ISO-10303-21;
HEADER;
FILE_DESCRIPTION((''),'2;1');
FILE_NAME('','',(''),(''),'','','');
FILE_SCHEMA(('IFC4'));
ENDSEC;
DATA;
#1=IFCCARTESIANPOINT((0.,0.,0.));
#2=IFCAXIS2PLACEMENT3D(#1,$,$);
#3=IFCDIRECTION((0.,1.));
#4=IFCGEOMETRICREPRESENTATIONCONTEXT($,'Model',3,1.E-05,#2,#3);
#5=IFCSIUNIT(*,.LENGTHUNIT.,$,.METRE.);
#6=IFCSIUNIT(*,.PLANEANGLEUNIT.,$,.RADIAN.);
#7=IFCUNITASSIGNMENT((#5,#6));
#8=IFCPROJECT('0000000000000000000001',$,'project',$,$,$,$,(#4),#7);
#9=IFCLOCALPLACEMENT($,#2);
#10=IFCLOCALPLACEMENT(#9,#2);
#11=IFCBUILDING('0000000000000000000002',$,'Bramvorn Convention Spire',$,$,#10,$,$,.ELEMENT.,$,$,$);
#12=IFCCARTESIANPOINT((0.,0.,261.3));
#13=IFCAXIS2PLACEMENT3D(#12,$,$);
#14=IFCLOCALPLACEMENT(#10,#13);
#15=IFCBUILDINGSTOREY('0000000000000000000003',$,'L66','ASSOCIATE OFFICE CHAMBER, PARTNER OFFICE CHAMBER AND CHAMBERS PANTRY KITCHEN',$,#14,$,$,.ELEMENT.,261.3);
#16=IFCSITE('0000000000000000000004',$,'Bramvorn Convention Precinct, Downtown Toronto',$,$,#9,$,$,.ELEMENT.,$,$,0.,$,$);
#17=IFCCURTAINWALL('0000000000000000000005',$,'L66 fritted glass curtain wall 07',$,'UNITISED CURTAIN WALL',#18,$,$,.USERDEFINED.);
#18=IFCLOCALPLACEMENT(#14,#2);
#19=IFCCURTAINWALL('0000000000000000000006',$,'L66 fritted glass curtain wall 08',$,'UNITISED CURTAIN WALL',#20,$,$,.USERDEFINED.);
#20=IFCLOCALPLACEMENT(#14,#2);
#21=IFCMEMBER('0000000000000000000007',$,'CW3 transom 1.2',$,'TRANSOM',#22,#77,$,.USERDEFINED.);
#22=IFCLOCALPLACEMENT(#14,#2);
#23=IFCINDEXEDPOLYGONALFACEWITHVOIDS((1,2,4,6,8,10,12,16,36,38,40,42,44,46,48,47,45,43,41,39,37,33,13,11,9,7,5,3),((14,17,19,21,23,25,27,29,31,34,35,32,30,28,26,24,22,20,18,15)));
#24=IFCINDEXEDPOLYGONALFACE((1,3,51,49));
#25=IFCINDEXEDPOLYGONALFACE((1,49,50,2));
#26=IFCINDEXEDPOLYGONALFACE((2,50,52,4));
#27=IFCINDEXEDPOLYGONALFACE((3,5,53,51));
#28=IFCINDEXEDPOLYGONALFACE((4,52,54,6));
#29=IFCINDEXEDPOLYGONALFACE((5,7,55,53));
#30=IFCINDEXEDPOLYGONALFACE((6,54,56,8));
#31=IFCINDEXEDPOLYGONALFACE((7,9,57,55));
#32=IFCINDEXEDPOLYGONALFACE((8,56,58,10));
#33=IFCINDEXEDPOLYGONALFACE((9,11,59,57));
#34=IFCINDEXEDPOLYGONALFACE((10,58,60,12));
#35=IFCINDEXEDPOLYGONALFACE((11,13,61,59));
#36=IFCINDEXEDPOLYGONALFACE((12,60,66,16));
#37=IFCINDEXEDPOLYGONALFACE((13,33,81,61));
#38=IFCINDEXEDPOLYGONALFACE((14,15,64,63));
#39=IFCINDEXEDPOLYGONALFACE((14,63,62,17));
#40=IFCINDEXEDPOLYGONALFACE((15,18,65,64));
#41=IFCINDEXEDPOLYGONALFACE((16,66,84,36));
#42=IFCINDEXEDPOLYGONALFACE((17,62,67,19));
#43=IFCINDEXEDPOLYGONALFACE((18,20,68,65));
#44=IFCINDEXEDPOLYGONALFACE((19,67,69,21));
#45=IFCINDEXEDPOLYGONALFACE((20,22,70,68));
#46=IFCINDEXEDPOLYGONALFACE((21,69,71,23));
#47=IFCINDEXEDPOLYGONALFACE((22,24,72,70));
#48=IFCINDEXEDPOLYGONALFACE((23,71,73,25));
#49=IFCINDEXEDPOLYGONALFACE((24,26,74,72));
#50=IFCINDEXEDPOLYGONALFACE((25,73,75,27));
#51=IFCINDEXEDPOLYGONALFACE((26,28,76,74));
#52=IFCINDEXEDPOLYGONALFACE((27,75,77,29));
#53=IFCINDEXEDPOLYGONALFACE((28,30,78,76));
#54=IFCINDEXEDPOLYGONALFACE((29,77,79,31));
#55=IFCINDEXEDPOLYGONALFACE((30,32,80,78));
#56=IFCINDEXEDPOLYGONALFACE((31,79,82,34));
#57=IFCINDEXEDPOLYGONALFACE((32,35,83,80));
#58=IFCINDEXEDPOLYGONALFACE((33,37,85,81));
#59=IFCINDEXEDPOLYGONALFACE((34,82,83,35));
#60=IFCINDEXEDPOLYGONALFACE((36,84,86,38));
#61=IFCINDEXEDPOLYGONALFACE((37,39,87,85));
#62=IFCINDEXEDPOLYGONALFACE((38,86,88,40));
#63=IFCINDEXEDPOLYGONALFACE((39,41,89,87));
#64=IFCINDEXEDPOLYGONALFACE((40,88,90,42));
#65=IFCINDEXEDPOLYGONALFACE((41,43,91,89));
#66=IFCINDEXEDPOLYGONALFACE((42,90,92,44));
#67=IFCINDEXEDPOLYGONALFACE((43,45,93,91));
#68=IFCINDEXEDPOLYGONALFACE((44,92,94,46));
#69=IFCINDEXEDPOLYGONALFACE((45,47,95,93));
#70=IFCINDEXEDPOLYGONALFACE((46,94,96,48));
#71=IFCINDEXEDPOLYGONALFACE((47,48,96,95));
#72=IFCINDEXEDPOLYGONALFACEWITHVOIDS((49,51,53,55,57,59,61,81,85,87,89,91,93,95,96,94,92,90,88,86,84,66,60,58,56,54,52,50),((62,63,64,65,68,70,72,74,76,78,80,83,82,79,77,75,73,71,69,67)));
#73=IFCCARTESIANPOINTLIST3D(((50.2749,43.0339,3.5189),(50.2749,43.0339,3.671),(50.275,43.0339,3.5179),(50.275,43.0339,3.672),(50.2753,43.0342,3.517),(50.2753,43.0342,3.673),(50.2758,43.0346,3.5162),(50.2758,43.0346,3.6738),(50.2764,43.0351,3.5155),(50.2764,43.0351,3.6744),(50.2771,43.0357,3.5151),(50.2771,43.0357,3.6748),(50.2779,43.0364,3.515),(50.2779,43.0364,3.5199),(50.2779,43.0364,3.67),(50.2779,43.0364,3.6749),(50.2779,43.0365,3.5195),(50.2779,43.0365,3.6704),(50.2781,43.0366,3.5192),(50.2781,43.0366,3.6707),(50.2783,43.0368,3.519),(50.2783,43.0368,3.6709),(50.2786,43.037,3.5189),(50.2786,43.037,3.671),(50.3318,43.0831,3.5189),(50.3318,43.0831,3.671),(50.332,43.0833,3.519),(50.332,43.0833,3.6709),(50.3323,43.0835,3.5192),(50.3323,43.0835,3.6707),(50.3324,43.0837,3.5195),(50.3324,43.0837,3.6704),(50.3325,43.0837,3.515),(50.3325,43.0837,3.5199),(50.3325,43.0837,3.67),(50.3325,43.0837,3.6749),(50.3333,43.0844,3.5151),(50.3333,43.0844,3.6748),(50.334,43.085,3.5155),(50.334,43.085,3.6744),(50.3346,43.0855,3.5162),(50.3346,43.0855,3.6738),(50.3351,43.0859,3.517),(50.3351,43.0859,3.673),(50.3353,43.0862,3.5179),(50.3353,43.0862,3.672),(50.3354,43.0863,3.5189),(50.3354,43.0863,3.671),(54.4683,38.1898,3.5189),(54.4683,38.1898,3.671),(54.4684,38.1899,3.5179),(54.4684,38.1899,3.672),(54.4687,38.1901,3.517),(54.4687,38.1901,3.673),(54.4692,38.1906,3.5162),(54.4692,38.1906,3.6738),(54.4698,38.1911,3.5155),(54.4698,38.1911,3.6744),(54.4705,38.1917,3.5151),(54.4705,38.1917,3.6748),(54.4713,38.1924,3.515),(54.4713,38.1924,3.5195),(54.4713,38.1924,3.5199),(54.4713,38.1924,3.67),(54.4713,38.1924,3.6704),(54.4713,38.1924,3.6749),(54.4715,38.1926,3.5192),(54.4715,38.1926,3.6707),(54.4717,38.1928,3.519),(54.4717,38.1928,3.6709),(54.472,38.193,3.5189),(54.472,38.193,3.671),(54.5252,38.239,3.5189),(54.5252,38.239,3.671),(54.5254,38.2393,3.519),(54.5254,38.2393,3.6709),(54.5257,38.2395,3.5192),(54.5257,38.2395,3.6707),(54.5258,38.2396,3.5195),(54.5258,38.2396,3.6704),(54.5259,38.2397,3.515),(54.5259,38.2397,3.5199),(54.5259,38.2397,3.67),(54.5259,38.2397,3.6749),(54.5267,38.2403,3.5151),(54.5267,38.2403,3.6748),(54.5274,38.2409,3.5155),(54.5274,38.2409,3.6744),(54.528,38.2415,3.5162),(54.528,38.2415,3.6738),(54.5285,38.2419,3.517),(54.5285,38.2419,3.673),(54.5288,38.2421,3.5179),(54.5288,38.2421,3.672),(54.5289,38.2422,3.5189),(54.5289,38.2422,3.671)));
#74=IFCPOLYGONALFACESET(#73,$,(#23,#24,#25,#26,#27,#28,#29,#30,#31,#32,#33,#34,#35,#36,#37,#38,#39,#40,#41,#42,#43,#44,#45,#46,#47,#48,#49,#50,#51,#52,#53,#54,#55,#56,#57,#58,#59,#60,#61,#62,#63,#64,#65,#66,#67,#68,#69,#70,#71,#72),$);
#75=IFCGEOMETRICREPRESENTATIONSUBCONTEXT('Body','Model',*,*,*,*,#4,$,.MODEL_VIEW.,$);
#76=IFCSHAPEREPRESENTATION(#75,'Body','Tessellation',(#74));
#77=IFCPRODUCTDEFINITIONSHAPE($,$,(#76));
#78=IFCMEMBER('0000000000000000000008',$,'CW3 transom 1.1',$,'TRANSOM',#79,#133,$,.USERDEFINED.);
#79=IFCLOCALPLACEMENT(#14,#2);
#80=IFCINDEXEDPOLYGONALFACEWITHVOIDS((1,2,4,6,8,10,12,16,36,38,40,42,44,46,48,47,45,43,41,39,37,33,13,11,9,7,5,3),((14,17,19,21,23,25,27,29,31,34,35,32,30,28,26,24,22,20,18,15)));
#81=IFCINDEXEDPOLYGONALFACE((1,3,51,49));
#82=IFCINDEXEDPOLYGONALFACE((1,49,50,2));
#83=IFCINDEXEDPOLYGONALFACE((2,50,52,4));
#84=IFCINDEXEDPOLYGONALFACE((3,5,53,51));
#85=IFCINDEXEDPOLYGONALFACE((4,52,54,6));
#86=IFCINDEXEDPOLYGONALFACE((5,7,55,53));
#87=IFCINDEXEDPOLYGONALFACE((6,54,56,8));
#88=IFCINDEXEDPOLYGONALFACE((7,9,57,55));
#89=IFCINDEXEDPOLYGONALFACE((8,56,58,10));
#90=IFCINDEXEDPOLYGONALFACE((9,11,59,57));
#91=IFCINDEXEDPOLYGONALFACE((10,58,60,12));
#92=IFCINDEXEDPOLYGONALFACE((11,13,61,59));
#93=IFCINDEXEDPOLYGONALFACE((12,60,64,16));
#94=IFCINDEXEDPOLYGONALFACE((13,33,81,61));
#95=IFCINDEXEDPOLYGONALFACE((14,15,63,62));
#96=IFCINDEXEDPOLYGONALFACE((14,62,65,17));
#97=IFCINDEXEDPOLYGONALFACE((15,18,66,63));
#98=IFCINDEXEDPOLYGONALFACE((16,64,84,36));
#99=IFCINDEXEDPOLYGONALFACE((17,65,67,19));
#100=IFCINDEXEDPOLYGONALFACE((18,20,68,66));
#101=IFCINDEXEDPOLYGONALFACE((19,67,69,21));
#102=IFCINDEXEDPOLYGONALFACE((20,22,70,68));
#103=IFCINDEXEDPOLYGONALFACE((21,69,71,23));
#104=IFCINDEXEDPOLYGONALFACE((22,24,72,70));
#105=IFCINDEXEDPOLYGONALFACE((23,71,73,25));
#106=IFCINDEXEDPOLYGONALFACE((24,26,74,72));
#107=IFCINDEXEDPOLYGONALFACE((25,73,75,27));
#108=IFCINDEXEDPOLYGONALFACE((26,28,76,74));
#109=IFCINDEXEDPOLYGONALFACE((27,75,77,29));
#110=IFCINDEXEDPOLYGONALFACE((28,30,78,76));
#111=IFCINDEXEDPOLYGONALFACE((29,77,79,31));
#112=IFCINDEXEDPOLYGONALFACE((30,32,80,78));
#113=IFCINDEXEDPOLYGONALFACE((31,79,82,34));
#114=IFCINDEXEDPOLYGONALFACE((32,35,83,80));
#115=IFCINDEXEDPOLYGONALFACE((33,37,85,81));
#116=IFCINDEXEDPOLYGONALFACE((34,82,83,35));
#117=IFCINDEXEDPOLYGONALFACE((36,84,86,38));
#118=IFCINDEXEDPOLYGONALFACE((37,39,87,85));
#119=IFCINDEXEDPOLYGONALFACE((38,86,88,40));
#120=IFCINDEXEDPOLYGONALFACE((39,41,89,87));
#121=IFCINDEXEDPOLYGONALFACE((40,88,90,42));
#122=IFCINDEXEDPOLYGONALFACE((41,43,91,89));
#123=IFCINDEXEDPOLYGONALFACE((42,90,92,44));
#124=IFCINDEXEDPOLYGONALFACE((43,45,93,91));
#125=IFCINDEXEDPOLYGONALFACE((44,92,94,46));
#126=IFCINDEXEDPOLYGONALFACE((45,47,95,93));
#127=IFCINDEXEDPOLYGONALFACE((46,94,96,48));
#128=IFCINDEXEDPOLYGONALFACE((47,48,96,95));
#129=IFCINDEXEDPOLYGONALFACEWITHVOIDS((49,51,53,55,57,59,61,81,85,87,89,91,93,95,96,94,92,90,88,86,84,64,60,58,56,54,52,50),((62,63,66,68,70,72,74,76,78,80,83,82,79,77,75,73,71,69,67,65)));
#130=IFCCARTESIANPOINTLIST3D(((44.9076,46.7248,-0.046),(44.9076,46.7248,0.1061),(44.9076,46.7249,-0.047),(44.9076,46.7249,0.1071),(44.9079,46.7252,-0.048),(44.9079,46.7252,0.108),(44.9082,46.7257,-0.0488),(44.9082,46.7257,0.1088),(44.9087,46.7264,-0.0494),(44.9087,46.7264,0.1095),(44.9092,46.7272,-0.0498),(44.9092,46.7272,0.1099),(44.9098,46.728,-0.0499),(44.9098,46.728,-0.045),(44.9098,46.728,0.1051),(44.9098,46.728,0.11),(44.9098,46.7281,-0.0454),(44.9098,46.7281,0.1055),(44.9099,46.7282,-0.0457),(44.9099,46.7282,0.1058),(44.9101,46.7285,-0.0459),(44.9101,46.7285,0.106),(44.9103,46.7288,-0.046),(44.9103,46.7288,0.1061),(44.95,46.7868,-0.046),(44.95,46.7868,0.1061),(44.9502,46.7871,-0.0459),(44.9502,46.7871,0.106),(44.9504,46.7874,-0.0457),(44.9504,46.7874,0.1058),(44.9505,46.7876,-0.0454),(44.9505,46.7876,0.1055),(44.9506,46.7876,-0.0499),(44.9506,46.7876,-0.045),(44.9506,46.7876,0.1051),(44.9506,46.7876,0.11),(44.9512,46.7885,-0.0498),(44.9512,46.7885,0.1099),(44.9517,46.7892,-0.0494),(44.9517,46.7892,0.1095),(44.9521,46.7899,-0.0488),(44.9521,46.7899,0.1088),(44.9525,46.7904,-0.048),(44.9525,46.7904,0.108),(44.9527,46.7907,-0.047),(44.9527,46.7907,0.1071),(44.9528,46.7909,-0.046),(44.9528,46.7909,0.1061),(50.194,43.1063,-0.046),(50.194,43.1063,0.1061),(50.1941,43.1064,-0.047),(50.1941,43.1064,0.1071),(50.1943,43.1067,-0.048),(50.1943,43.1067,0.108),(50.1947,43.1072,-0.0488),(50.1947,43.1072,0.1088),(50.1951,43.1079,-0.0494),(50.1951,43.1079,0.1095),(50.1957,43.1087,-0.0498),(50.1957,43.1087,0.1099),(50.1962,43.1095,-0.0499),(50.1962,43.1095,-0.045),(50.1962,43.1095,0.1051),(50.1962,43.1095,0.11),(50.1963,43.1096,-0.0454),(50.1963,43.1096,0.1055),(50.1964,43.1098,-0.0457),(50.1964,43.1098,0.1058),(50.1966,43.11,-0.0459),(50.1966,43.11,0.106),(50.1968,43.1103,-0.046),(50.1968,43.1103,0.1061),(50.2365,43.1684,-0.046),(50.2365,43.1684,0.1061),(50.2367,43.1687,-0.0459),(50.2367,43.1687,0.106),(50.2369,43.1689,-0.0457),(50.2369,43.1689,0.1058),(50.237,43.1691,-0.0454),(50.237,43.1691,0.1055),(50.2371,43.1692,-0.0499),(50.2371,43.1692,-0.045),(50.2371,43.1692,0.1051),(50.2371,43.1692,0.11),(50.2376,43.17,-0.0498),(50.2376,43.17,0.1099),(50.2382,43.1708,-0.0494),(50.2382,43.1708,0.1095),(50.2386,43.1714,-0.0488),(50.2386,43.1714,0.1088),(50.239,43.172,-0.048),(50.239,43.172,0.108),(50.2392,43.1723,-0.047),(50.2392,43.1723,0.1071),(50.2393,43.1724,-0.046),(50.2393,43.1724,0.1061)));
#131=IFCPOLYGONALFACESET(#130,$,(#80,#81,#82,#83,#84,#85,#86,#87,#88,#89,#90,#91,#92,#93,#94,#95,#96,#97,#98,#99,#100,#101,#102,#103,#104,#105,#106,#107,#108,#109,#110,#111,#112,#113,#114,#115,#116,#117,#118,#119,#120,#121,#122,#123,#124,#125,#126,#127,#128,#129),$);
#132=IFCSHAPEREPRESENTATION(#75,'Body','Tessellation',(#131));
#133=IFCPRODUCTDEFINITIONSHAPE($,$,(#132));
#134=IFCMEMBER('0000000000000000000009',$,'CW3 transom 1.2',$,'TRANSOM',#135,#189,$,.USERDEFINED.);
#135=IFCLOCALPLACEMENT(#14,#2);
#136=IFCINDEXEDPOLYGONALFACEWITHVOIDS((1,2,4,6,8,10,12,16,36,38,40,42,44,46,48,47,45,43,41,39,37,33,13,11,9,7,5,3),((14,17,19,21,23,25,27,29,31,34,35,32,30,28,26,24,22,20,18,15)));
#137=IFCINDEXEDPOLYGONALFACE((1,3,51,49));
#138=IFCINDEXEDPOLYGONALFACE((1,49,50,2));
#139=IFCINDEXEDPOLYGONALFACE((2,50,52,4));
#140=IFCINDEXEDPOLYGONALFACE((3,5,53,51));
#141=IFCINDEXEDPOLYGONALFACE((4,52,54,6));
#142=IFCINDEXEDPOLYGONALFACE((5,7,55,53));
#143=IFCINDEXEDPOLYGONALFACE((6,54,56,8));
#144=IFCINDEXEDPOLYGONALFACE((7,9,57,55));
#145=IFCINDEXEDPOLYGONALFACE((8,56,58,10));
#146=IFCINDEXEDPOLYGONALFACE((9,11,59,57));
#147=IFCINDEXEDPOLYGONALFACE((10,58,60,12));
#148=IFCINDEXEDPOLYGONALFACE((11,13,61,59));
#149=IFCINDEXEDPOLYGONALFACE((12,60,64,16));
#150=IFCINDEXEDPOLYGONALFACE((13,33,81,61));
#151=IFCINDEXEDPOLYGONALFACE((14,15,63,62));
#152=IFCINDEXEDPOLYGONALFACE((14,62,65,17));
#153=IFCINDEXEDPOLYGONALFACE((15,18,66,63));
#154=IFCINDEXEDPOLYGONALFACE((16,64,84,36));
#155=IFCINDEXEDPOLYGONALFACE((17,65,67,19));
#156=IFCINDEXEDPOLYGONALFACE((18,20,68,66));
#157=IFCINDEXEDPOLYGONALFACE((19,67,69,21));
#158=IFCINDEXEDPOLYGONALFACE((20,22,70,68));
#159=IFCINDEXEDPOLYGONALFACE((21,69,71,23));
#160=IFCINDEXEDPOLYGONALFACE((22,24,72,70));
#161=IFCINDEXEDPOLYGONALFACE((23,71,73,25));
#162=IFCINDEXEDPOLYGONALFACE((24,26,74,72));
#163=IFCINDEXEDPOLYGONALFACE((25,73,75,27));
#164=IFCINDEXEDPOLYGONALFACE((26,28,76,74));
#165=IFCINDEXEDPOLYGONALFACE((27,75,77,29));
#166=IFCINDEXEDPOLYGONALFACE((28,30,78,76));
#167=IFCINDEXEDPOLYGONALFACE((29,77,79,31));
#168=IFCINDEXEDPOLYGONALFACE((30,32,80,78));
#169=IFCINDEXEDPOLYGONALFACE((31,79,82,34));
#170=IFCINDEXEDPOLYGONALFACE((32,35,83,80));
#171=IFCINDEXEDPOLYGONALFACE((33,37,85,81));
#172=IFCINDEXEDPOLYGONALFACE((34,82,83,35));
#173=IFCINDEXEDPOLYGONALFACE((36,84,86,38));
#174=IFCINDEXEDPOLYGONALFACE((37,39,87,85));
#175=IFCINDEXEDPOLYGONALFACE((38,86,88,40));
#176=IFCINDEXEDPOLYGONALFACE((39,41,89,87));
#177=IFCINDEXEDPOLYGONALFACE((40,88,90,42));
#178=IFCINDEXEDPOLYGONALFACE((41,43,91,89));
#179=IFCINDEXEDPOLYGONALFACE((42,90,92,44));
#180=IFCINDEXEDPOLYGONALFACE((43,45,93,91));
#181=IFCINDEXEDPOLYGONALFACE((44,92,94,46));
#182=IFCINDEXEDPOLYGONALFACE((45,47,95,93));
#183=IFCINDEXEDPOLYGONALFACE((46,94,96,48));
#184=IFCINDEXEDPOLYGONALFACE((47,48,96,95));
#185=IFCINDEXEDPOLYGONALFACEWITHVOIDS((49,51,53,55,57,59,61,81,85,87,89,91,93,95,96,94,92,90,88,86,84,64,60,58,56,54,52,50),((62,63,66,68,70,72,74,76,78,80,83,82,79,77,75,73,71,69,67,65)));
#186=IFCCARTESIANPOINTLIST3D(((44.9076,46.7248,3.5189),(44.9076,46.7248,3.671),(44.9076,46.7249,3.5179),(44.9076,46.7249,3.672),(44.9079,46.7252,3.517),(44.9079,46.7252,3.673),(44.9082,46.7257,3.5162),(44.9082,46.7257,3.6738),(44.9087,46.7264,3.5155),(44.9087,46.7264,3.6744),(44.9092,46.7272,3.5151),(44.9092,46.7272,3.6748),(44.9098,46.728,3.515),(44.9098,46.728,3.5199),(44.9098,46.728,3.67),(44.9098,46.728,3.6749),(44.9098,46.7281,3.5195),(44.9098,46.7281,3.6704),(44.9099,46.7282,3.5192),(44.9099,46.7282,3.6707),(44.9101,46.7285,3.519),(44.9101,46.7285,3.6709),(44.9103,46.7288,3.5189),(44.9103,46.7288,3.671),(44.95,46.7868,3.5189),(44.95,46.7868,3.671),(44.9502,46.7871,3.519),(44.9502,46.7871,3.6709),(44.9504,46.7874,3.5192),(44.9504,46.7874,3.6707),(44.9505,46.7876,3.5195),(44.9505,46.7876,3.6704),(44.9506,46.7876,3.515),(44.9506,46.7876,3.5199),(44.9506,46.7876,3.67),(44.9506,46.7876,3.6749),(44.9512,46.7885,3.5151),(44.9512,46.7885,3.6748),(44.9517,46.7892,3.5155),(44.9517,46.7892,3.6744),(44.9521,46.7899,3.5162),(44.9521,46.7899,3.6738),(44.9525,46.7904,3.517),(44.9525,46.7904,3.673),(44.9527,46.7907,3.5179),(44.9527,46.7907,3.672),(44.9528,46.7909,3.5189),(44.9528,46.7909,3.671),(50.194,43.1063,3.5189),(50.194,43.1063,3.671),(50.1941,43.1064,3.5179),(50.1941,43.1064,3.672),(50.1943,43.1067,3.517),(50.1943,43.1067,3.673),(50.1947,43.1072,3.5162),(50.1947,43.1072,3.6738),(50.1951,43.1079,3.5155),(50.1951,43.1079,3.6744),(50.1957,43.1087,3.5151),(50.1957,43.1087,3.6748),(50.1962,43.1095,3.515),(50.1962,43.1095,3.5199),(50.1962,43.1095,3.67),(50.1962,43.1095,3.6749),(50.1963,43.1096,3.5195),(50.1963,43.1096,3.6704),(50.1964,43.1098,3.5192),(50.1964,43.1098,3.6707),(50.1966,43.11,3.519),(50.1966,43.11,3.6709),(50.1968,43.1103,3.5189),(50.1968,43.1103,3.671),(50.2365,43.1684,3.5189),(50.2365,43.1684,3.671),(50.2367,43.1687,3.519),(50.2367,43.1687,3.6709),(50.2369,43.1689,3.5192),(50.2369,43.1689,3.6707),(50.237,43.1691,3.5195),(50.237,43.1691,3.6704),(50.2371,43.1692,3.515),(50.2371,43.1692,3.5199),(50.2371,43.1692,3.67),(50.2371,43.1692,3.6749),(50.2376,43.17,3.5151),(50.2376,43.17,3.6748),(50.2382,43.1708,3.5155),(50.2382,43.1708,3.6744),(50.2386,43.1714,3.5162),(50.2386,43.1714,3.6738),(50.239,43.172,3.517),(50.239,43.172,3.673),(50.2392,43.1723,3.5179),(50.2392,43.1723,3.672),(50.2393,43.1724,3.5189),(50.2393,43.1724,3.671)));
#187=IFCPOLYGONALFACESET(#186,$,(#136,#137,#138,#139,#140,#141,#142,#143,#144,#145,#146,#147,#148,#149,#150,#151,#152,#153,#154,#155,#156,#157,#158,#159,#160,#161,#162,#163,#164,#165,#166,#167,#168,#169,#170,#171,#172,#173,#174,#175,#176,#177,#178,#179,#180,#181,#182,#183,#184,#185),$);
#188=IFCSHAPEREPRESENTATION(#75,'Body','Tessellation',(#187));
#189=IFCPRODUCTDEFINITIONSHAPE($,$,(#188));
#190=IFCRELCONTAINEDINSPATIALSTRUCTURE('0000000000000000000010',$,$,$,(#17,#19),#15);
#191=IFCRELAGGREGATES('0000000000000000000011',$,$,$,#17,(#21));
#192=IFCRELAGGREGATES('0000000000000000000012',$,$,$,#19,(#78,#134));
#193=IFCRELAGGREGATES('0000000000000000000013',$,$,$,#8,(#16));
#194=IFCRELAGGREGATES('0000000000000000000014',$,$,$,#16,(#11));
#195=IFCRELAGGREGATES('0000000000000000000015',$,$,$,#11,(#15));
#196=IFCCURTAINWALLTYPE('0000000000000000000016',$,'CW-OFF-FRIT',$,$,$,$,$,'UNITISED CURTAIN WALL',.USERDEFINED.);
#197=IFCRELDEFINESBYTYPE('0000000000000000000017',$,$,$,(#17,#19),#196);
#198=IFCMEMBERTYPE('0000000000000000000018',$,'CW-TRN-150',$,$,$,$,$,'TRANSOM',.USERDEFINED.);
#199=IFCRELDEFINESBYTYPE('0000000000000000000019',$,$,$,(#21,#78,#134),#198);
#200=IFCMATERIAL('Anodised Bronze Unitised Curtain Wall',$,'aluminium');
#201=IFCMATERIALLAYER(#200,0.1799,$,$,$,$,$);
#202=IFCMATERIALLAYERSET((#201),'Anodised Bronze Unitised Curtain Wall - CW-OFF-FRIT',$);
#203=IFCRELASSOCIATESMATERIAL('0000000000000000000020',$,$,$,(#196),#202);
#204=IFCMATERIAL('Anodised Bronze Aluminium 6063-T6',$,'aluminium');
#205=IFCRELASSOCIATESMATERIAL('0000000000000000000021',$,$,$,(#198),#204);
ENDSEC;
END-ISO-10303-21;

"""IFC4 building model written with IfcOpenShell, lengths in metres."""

from ifc_helpers import new_model, si_unit, direction, frame, origin, origin_2d, place, context, subcontext, project, spatial, hollow_rectangle, extrude, material, layer, layer_set, material_profile, profile_set, type_object, element, aggregate, save


model = new_model("IFC4")

# Units and contexts
model_context = context("Model", 3, precision=1e-05, world=origin(), true_north=direction((0.0, 1.0)))
body_context = subcontext(model_context, "Body", "Model", "MODEL_VIEW")
ifc_project = project(units=[si_unit("LENGTHUNIT", "METRE"), si_unit("PLANEANGLEUNIT", "RADIAN")], contexts=[model_context])

# Site, building, storey
site_placement = place(None, origin())
site = spatial("IfcSite", under=ifc_project, at=site_placement, Name="Bramvorn Convention Precinct, Downtown Toronto", CompositionType="ELEMENT", RefElevation=0.0)
building_placement = place(site_placement, origin())
building = spatial("IfcBuilding", under=site, at=building_placement, Name="Bramvorn Convention Spire", CompositionType="ELEMENT")
storey_placement = place(building_placement, frame((0.0, 0.0, 261.3)))
storey = spatial("IfcBuildingStorey", under=building, at=storey_placement, Name="L66", Description="ASSOCIATE OFFICE CHAMBER, PARTNER OFFICE CHAMBER AND CHAMBERS PANTRY KITCHEN", CompositionType="ELEMENT", Elevation=261.3)

# Curtain walls
ifc_material_1 = material(Name="Anodised Bronze Unitised Curtain Wall", Category="aluminium")
ifc_layer_1 = layer(ifc_material_1, 0.1799)
ifc_layer_set_1 = layer_set([ifc_layer_1], Name="Anodised Bronze Unitised Curtain Wall - CW-OFF-FRIT")
curtain_wall_type = type_object("IfcCurtainWallType", Name="CW-OFF-FRIT", ElementType="UNITISED CURTAIN WALL", PredefinedType="USERDEFINED", material=ifc_layer_set_1)
curtain_wall_1_placement = place(storey_placement, origin())
curtain_wall_1 = element("IfcCurtainWall", 1, at=curtain_wall_1_placement, inside=storey, type_object=curtain_wall_type, Name="L66 fritted glass curtain wall 07", ObjectType="UNITISED CURTAIN WALL", PredefinedType="USERDEFINED")
ifc_material_2 = material(Name="Anodised Bronze Aluminium 6063-T6", Category="aluminium")
curtain_wall_2_placement = place(storey_placement, origin())
curtain_wall_2 = element("IfcCurtainWall", 2, at=curtain_wall_2_placement, inside=storey, type_object=curtain_wall_type, Name="L66 fritted glass curtain wall 08", ObjectType="UNITISED CURTAIN WALL", PredefinedType="USERDEFINED")

# Members
ifc_material_profile_1 = material_profile(ifc_material_2, hollow_rectangle(XDim=0.0801, YDim=0.1599, WallThickness=0.0039, InnerFilletRadius=0.001, OuterFilletRadius=0.0039, at=origin_2d()))
ifc_profile_set_1 = profile_set([ifc_material_profile_1], Name="Anodised Bronze Aluminium 6063-T6 - CWT80X160")
member_type_1 = type_object("IfcMemberType", Name="CW-TRN-150", ElementType="TRANSOM", PredefinedType="USERDEFINED", material=ifc_profile_set_1)
member_1_placement = place(storey_placement, frame((50.3052, 43.0601, 3.595), z_axis=(0.654505, -0.756057, 0.0), x_axis=(0.756057, 0.654505, 0.0)))
member_1 = element("IfcMember", 3, at=member_1_placement, type_object=member_type_1, Name="CW3 transom 1.2", ObjectType="TRANSOM", PredefinedType="USERDEFINED", context=body_context, shape_type="SweptSolid", body=[
    extrude(hollow_rectangle(XDim=0.0801, YDim=0.1599, WallThickness=0.0039, InnerFilletRadius=0.001, OuterFilletRadius=0.0039, at=origin_2d()), origin(), (0.0, 0.0, 1.0), 6.407),
])
member_2_placement = place(storey_placement, frame((44.9302, 46.7578, 0.03), z_axis=(0.825204, -0.564834, 0.0), x_axis=(0.564834, 0.825204, 0.0)))
member_2 = element("IfcMember", 4, at=member_2_placement, type_object=member_type_1, Name="CW3 transom 1.1", ObjectType="TRANSOM", PredefinedType="USERDEFINED", context=body_context, shape_type="SweptSolid", body=[
    extrude(hollow_rectangle(XDim=0.0801, YDim=0.1599, WallThickness=0.0039, InnerFilletRadius=0.001, OuterFilletRadius=0.0039, at=origin_2d()), origin(), (0.0, 0.0, 1.0), 6.4062),
])
member_3_placement = place(storey_placement, frame((44.9302, 46.7578, 3.595), z_axis=(0.825204, -0.564834, 0.0), x_axis=(0.564834, 0.825204, 0.0)))
member_3 = element("IfcMember", 5, at=member_3_placement, type_object=member_type_1, Name="CW3 transom 1.2", ObjectType="TRANSOM", PredefinedType="USERDEFINED", context=body_context, shape_type="SweptSolid", body=[
    extrude(hollow_rectangle(XDim=0.0801, YDim=0.1599, WallThickness=0.0039, InnerFilletRadius=0.001, OuterFilletRadius=0.0039, at=origin_2d()), origin(), (0.0, 0.0, 1.0), 6.4062),
])

aggregate(curtain_wall_1, [member_1])
aggregate(curtain_wall_2, [member_2, member_3])

save(model, "model.ifc")
